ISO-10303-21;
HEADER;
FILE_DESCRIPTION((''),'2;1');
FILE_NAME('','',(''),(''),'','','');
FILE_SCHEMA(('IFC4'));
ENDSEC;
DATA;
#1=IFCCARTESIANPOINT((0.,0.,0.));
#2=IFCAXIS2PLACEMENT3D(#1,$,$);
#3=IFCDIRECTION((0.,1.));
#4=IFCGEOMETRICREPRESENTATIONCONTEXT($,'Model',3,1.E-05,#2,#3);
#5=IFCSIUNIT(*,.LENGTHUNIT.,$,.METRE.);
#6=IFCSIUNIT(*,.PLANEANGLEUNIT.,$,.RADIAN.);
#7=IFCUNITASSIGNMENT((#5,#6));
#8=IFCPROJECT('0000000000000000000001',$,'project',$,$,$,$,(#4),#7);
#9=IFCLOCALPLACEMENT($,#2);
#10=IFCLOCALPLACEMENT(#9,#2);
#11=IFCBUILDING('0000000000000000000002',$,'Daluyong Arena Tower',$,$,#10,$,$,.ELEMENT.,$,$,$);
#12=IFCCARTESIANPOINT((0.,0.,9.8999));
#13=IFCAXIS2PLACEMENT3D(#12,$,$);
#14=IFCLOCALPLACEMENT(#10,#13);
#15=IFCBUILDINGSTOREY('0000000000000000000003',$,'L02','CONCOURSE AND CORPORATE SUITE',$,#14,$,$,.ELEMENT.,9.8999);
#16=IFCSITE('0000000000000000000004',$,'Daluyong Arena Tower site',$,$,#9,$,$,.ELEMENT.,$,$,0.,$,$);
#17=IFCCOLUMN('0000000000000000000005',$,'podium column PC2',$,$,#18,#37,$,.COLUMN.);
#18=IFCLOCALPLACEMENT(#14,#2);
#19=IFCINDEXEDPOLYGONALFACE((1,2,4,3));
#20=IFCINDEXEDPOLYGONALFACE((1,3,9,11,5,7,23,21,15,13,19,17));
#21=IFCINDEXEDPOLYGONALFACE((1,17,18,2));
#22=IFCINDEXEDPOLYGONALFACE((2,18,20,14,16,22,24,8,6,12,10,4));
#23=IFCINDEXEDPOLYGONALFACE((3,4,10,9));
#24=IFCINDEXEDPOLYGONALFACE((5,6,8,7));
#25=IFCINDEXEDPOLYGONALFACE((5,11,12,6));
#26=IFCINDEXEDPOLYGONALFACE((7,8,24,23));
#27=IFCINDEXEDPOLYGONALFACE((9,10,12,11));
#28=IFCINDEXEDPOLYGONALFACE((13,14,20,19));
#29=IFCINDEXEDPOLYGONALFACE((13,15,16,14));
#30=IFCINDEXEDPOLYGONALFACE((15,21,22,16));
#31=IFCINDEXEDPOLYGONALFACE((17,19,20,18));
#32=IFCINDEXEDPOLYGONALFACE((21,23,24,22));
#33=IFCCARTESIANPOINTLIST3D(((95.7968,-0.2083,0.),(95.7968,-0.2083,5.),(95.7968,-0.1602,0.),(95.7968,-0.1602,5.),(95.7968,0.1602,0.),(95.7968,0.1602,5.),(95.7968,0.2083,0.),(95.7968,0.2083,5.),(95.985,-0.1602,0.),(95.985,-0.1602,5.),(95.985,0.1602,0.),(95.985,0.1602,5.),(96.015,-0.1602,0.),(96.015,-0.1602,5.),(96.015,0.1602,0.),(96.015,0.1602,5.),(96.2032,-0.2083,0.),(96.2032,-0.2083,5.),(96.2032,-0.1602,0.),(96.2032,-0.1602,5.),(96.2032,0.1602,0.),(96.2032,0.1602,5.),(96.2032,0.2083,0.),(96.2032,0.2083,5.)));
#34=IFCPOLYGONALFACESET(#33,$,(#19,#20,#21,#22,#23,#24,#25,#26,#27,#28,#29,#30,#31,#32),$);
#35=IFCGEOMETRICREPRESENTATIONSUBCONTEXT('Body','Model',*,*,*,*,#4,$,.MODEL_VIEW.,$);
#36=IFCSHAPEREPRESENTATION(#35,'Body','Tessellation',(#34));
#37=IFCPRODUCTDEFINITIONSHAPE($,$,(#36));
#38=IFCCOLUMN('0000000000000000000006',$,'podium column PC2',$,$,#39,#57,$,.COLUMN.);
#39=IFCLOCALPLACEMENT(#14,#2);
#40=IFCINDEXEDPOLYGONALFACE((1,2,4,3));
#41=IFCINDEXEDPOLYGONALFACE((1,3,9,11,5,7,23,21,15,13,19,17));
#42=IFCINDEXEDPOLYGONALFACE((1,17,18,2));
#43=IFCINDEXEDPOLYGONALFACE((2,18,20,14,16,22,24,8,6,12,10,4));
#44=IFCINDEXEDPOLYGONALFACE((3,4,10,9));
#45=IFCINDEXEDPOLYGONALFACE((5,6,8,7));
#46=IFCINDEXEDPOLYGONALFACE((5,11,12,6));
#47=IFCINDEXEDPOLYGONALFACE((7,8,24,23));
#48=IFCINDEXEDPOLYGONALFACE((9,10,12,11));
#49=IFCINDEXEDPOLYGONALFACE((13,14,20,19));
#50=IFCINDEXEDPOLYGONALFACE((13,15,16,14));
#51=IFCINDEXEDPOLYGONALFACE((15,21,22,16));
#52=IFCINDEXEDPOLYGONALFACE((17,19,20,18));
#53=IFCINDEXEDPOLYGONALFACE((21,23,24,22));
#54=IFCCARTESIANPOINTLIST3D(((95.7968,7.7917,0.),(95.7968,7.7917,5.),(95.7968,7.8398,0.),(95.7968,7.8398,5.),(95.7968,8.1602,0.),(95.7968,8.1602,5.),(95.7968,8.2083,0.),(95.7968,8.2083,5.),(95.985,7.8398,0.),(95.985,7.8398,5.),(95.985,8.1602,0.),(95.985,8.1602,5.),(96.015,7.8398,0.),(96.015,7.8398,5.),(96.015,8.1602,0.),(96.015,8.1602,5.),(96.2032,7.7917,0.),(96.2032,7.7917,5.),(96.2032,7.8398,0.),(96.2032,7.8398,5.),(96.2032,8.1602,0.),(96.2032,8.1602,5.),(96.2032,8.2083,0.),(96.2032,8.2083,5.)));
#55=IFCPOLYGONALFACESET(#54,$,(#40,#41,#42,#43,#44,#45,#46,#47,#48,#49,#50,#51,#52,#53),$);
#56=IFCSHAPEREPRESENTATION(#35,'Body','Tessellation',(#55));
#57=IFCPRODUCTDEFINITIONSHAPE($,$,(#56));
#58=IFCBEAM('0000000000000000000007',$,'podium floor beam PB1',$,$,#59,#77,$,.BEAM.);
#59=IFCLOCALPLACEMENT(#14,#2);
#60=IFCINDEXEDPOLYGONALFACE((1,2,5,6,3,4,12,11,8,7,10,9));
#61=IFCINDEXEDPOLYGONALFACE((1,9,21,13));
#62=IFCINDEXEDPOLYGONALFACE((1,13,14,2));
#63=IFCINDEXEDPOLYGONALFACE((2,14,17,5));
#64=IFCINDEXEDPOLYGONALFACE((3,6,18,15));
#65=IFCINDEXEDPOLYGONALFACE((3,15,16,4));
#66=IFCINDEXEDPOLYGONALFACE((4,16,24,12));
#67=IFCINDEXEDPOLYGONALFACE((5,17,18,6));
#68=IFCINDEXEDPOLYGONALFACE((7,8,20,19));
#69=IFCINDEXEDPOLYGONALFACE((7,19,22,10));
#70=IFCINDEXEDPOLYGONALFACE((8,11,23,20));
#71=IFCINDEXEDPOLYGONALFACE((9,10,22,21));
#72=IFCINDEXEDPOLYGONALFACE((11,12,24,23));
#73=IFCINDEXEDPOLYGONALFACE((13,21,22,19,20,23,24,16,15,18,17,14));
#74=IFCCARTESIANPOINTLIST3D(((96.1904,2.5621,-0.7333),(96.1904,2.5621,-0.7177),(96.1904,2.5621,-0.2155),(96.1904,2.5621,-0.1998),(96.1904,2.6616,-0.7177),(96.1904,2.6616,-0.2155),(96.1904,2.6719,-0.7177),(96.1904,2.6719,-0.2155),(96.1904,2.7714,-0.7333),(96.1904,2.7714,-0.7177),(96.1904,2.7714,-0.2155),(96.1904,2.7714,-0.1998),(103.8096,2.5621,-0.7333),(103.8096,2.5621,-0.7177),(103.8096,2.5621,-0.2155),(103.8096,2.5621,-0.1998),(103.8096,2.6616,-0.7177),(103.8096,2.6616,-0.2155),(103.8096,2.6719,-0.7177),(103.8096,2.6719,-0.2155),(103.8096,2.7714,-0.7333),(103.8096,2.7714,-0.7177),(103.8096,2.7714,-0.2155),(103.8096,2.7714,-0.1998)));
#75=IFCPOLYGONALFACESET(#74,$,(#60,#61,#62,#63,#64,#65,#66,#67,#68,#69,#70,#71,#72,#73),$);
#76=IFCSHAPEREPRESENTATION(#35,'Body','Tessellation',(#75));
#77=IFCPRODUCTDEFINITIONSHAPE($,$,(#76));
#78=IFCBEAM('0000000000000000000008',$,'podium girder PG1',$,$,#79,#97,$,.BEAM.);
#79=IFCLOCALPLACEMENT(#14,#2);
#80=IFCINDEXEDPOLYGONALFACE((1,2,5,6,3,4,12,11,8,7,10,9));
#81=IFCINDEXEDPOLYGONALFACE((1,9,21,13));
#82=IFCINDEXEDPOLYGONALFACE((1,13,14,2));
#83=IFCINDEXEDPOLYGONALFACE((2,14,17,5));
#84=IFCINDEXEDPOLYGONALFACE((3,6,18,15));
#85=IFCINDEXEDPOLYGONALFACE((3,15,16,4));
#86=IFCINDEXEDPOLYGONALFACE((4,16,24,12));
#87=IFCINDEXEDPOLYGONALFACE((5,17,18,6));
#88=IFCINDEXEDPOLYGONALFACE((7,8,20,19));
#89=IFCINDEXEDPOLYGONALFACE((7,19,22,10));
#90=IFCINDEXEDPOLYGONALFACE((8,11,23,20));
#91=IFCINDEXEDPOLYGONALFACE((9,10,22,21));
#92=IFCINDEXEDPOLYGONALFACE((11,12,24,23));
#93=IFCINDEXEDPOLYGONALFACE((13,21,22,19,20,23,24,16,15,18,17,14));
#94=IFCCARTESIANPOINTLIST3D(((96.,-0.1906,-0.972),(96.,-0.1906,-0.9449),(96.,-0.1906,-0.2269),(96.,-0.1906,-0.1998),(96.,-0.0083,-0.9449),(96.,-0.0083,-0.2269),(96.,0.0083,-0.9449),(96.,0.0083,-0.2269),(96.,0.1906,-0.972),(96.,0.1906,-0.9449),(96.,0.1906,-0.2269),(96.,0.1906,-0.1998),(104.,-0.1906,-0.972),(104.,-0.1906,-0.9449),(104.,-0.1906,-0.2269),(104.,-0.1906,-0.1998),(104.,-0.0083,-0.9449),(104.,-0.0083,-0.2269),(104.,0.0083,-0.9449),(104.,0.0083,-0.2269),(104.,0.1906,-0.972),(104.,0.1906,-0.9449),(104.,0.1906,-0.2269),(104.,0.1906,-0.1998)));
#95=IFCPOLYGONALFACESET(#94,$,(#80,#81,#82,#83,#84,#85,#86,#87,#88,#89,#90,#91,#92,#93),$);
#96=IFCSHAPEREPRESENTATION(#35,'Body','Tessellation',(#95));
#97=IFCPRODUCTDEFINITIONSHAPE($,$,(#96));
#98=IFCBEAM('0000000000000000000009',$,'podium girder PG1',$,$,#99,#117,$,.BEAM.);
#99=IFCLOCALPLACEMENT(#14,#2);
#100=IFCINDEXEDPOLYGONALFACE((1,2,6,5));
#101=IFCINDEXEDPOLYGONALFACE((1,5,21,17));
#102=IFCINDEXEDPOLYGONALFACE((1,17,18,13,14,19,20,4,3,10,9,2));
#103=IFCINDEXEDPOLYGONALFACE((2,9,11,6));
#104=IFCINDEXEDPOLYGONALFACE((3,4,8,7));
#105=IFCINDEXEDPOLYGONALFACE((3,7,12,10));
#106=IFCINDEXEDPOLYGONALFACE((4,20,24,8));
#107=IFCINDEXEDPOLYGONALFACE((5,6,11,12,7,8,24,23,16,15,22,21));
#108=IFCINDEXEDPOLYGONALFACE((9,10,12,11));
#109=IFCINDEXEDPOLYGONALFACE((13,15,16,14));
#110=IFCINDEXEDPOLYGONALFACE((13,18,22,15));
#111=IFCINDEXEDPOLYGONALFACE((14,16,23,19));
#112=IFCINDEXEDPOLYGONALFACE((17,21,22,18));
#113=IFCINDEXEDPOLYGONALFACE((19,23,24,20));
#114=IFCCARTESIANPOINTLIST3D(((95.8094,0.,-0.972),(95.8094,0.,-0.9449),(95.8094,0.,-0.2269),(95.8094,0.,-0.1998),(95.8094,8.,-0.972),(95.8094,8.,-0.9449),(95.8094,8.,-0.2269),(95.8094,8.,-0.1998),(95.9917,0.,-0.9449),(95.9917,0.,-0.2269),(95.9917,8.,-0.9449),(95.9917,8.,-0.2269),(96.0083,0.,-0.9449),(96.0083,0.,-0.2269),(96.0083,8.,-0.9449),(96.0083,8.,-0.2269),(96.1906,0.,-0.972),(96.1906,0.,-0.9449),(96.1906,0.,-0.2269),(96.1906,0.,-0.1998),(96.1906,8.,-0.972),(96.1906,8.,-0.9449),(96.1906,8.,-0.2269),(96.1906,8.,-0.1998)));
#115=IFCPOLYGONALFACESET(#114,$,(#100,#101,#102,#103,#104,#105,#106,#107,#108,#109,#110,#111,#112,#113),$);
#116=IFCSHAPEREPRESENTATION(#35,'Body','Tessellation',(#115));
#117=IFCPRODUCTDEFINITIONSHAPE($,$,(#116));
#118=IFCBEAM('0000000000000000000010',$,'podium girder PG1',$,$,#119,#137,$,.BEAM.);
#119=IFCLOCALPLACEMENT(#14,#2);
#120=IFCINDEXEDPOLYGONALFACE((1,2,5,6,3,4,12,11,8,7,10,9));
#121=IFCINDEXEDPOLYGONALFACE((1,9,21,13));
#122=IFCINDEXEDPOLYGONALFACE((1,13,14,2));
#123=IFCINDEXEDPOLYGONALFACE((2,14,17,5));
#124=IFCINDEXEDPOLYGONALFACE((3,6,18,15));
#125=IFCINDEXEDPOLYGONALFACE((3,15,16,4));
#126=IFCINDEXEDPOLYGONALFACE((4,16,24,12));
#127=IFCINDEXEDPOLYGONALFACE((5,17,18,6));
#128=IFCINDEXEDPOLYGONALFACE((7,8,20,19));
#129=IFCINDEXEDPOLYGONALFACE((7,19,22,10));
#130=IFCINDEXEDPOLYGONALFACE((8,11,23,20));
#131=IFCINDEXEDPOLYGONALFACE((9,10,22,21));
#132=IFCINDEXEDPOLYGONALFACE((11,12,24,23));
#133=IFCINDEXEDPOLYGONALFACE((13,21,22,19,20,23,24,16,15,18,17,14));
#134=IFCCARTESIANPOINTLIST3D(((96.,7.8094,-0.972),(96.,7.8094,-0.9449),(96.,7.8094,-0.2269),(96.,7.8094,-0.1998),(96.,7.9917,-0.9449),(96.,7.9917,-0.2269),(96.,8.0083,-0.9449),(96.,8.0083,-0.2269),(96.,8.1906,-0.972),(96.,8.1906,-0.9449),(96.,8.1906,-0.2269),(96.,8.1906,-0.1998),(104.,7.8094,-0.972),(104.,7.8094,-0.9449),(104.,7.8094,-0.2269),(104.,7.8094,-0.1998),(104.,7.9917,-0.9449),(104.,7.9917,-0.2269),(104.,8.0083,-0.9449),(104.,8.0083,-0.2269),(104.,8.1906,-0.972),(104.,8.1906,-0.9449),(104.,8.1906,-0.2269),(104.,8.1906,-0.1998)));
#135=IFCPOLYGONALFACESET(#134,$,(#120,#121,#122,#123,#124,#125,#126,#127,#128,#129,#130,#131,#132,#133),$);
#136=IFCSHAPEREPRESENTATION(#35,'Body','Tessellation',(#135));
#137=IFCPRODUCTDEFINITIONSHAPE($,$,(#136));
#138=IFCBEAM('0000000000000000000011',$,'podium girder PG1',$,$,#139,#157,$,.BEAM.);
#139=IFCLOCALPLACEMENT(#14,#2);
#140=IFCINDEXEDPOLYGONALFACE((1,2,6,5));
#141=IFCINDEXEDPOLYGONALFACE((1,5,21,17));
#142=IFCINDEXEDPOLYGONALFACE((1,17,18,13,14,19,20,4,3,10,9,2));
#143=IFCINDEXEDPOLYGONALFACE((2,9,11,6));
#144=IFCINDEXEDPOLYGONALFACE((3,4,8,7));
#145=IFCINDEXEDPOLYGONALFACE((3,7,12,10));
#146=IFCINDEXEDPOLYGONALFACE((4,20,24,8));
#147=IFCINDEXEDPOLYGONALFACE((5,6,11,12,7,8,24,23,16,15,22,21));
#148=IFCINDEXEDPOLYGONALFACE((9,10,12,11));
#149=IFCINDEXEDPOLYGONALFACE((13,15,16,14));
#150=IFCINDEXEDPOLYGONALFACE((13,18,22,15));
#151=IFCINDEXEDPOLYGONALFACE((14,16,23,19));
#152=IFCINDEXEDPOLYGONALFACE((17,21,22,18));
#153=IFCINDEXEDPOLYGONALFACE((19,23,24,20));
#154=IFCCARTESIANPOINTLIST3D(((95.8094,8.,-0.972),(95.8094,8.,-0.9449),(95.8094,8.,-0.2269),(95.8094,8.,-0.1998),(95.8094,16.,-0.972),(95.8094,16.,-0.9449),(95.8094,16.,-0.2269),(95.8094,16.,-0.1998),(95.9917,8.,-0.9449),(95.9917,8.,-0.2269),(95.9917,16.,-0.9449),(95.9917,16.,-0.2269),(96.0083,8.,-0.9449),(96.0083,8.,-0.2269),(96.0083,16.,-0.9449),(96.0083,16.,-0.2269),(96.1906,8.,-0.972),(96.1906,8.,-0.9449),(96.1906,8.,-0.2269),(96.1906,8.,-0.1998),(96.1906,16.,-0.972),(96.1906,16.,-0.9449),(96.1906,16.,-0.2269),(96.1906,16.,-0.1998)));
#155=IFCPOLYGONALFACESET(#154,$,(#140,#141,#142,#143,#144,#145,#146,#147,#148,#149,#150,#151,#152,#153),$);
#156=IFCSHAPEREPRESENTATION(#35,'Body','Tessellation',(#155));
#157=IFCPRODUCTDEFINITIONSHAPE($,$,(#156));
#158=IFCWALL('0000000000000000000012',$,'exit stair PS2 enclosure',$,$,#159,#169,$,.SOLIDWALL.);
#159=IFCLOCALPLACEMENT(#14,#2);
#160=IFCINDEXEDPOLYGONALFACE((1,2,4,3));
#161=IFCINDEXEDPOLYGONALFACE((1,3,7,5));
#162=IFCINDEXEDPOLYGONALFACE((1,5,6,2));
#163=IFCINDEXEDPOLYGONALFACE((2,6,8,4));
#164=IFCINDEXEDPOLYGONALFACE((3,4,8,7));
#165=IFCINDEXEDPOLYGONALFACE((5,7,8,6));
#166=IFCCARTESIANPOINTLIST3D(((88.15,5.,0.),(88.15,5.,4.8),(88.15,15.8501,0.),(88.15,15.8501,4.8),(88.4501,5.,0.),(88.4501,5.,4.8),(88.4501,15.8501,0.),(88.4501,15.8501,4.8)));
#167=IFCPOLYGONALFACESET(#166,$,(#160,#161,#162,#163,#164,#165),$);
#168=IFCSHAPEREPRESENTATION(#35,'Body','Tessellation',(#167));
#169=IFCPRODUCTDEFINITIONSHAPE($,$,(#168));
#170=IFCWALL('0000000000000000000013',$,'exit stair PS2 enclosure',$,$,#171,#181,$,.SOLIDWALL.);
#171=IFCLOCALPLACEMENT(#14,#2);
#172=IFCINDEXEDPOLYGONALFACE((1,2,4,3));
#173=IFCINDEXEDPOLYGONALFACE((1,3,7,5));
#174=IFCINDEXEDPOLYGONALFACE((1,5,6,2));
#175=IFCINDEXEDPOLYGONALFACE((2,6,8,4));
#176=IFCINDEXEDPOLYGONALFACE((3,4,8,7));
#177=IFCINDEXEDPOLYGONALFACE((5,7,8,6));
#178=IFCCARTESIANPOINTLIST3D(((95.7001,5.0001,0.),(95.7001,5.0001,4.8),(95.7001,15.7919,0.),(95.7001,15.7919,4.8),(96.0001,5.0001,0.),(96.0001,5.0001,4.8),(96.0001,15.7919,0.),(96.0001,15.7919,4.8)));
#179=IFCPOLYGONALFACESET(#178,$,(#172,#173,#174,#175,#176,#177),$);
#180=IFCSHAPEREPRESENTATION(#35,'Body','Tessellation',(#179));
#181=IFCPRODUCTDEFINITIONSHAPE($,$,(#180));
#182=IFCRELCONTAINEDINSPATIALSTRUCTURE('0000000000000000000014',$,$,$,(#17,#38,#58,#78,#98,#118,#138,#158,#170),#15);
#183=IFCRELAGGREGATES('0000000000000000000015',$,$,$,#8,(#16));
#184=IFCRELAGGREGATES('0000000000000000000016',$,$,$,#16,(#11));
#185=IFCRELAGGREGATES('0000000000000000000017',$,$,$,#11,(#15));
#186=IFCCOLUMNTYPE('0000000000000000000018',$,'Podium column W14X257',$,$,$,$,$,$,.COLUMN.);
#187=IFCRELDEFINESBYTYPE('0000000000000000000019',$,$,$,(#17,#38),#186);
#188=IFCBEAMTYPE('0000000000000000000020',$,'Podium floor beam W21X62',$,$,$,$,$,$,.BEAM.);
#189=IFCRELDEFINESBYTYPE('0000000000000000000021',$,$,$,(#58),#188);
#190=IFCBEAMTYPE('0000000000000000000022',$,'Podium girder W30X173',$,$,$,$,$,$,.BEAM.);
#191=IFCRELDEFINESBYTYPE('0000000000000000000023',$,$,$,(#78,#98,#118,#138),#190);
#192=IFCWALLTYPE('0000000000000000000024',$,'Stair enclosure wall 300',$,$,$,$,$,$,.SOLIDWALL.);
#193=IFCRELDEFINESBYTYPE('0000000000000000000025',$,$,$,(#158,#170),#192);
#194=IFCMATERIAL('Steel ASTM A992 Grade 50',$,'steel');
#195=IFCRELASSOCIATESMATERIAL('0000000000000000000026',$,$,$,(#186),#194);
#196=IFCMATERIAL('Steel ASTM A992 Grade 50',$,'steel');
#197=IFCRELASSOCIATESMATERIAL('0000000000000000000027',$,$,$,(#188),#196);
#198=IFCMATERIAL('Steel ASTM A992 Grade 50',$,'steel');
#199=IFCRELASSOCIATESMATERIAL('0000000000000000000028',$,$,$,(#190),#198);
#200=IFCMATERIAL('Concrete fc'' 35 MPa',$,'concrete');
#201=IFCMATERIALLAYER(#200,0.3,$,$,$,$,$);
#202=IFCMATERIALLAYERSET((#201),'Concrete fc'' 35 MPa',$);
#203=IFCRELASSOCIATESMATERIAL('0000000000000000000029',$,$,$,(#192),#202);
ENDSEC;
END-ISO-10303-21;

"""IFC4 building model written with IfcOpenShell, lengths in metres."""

from ifc_helpers import new_model, si_unit, direction, frame, frame_2d, origin, origin_2d, place, context, subcontext, project, spatial, rectangle, i_section, extrude, material, layer, layer_set, material_profile, profile_set, type_object, element, save


model = new_model("IFC4")

# Units and contexts
model_context = context("Model", 3, precision=1e-05, world=origin(), true_north=direction((0.0, 1.0)))
body_context = subcontext(model_context, "Body", "Model", "MODEL_VIEW")
ifc_project = project(units=[si_unit("LENGTHUNIT", "METRE"), si_unit("PLANEANGLEUNIT", "RADIAN")], contexts=[model_context])

# Site, building, storey
site_placement = place(None, origin())
site = spatial("IfcSite", under=ifc_project, at=site_placement, Name="Daluyong Arena Tower site", CompositionType="ELEMENT", RefElevation=0.0)
building_placement = place(site_placement, origin())
building = spatial("IfcBuilding", under=site, at=building_placement, Name="Daluyong Arena Tower", CompositionType="ELEMENT")
storey_placement = place(building_placement, frame((0.0, 0.0, 9.8999)))
storey = spatial("IfcBuildingStorey", under=building, at=storey_placement, Name="L02", Description="CONCOURSE AND CORPORATE SUITE", CompositionType="ELEMENT", Elevation=9.8999)

# Columns
ifc_material_1 = material(Name="Steel ASTM A992 Grade 50", Category="steel")
ifc_material_profile_1 = material_profile(ifc_material_1, i_section(OverallWidth=0.4065, OverallDepth=0.4165, WebThickness=0.03, FlangeThickness=0.0481, at=origin_2d()))
ifc_profile_set_1 = profile_set([ifc_material_profile_1], Name="Steel ASTM A992 Grade 50")
column_type = type_object("IfcColumnType", Name="Podium column W14X257", PredefinedType="COLUMN", material=ifc_profile_set_1)
for number, where, z_axis, x_axis, name in (
    (1, (96.0, 0.0, 0.0), (0.0, 0.0, 1.0), (1.0, 0.0, 0.0), "podium column PC2"),
    (2, (96.0, 8.0, 0.0), (0.0, 0.0, 1.0), (1.0, 0.0, 0.0), "podium column PC2"),
):
    element("IfcColumn", number, at=place(storey_placement, frame(where, z_axis=z_axis, x_axis=x_axis)), inside=storey, type_object=column_type, Name=name, PredefinedType="COLUMN", context=body_context, shape_type="SweptSolid", body=[
        extrude(i_section(OverallWidth=0.4065, OverallDepth=0.4165, WebThickness=0.03, FlangeThickness=0.0481, at=origin_2d()), origin(), (0.0, 0.0, 1.0), 5.0),
    ])

# Beams
ifc_material_2 = material(Name="Steel ASTM A992 Grade 50", Category="steel")
ifc_material_profile_2 = material_profile(ifc_material_2, i_section(OverallWidth=0.2092, OverallDepth=0.5334, WebThickness=0.0103, FlangeThickness=0.0156, at=origin_2d()))
ifc_profile_set_2 = profile_set([ifc_material_profile_2], Name="Steel ASTM A992 Grade 50")
beam_type_1 = type_object("IfcBeamType", Name="Podium floor beam W21X62", PredefinedType="BEAM", material=ifc_profile_set_2)
beam_placement = place(storey_placement, frame((96.1904, 2.6667, -0.4666), z_axis=(1.0, 0.0, 0.0), x_axis=(0.0, 1.0, 0.0)))
element("IfcBeam", 3, at=beam_placement, inside=storey, type_object=beam_type_1, Name="podium floor beam PB1", PredefinedType="BEAM", context=body_context, shape_type="SweptSolid", body=[
    extrude(i_section(OverallWidth=0.2092, OverallDepth=0.5334, WebThickness=0.0103, FlangeThickness=0.0156, at=origin_2d()), origin(), (0.0, 0.0, 1.0), 7.6191),
])
ifc_material_3 = material(Name="Steel ASTM A992 Grade 50", Category="steel")
ifc_material_profile_3 = material_profile(ifc_material_3, i_section(OverallWidth=0.3811, OverallDepth=0.7722, WebThickness=0.0166, FlangeThickness=0.0271, at=origin_2d()))
ifc_profile_set_3 = profile_set([ifc_material_profile_3], Name="Steel ASTM A992 Grade 50")
beam_type_2 = type_object("IfcBeamType", Name="Podium girder W30X173", PredefinedType="BEAM", material=ifc_profile_set_3)
for number, where, z_axis, x_axis, name in (
    (4, (96.0, 0.0, -0.5859), (1.0, 0.0, 0.0), (0.0, 1.0, 0.0), "podium girder PG1"),
    (5, (96.0, 0.0, -0.5859), (0.0, 1.0, 0.0), (-1.0, 0.0, 0.0), "podium girder PG1"),
    (6, (96.0, 8.0, -0.5859), (1.0, 0.0, 0.0), (0.0, 1.0, 0.0), "podium girder PG1"),
    (7, (96.0, 8.0, -0.5859), (0.0, 1.0, 0.0), (-1.0, 0.0, 0.0), "podium girder PG1"),
):
    element("IfcBeam", number, at=place(storey_placement, frame(where, z_axis=z_axis, x_axis=x_axis)), inside=storey, type_object=beam_type_2, Name=name, PredefinedType="BEAM", context=body_context, shape_type="SweptSolid", body=[
        extrude(i_section(OverallWidth=0.3811, OverallDepth=0.7722, WebThickness=0.0166, FlangeThickness=0.0271, at=origin_2d()), origin(), (0.0, 0.0, 1.0), 8.0),
    ])

# Walls
ifc_material_4 = material(Name="Concrete fc' 35 MPa", Category="concrete")
ifc_layer = layer(ifc_material_4, 0.3)
ifc_layer_set = layer_set([ifc_layer], Name="Concrete fc' 35 MPa")
wall_type = type_object("IfcWallType", Name="Stair enclosure wall 300", PredefinedType="SOLIDWALL", material=ifc_layer_set)
wall_1_placement = place(storey_placement, frame((88.3, 5.0, 0.0), z_axis=(0.0, 0.0, 1.0), x_axis=(0.0, 1.0, 0.0)))
element("IfcWall", 8, at=wall_1_placement, inside=storey, type_object=wall_type, Name="exit stair PS2 enclosure", PredefinedType="SOLIDWALL", context=body_context, shape_type="SweptSolid", body=[
    extrude(rectangle(XDim=10.8501, YDim=0.3, at=frame_2d((5.425, 0.0))), origin(), (0.0, 0.0, 1.0), 4.8),
])
wall_2_placement = place(storey_placement, frame((95.8501, 5.0, 0.0), z_axis=(0.0, 0.0, 1.0), x_axis=(0.0, 1.0, 0.0)))
element("IfcWall", 9, at=wall_2_placement, inside=storey, type_object=wall_type, Name="exit stair PS2 enclosure", PredefinedType="SOLIDWALL", context=body_context, shape_type="SweptSolid", body=[
    extrude(rectangle(XDim=10.7917, YDim=0.3, at=frame_2d((5.396, 0.0))), origin(), (0.0, 0.0, 1.0), 4.8),
])

save(model, "model.ifc")
